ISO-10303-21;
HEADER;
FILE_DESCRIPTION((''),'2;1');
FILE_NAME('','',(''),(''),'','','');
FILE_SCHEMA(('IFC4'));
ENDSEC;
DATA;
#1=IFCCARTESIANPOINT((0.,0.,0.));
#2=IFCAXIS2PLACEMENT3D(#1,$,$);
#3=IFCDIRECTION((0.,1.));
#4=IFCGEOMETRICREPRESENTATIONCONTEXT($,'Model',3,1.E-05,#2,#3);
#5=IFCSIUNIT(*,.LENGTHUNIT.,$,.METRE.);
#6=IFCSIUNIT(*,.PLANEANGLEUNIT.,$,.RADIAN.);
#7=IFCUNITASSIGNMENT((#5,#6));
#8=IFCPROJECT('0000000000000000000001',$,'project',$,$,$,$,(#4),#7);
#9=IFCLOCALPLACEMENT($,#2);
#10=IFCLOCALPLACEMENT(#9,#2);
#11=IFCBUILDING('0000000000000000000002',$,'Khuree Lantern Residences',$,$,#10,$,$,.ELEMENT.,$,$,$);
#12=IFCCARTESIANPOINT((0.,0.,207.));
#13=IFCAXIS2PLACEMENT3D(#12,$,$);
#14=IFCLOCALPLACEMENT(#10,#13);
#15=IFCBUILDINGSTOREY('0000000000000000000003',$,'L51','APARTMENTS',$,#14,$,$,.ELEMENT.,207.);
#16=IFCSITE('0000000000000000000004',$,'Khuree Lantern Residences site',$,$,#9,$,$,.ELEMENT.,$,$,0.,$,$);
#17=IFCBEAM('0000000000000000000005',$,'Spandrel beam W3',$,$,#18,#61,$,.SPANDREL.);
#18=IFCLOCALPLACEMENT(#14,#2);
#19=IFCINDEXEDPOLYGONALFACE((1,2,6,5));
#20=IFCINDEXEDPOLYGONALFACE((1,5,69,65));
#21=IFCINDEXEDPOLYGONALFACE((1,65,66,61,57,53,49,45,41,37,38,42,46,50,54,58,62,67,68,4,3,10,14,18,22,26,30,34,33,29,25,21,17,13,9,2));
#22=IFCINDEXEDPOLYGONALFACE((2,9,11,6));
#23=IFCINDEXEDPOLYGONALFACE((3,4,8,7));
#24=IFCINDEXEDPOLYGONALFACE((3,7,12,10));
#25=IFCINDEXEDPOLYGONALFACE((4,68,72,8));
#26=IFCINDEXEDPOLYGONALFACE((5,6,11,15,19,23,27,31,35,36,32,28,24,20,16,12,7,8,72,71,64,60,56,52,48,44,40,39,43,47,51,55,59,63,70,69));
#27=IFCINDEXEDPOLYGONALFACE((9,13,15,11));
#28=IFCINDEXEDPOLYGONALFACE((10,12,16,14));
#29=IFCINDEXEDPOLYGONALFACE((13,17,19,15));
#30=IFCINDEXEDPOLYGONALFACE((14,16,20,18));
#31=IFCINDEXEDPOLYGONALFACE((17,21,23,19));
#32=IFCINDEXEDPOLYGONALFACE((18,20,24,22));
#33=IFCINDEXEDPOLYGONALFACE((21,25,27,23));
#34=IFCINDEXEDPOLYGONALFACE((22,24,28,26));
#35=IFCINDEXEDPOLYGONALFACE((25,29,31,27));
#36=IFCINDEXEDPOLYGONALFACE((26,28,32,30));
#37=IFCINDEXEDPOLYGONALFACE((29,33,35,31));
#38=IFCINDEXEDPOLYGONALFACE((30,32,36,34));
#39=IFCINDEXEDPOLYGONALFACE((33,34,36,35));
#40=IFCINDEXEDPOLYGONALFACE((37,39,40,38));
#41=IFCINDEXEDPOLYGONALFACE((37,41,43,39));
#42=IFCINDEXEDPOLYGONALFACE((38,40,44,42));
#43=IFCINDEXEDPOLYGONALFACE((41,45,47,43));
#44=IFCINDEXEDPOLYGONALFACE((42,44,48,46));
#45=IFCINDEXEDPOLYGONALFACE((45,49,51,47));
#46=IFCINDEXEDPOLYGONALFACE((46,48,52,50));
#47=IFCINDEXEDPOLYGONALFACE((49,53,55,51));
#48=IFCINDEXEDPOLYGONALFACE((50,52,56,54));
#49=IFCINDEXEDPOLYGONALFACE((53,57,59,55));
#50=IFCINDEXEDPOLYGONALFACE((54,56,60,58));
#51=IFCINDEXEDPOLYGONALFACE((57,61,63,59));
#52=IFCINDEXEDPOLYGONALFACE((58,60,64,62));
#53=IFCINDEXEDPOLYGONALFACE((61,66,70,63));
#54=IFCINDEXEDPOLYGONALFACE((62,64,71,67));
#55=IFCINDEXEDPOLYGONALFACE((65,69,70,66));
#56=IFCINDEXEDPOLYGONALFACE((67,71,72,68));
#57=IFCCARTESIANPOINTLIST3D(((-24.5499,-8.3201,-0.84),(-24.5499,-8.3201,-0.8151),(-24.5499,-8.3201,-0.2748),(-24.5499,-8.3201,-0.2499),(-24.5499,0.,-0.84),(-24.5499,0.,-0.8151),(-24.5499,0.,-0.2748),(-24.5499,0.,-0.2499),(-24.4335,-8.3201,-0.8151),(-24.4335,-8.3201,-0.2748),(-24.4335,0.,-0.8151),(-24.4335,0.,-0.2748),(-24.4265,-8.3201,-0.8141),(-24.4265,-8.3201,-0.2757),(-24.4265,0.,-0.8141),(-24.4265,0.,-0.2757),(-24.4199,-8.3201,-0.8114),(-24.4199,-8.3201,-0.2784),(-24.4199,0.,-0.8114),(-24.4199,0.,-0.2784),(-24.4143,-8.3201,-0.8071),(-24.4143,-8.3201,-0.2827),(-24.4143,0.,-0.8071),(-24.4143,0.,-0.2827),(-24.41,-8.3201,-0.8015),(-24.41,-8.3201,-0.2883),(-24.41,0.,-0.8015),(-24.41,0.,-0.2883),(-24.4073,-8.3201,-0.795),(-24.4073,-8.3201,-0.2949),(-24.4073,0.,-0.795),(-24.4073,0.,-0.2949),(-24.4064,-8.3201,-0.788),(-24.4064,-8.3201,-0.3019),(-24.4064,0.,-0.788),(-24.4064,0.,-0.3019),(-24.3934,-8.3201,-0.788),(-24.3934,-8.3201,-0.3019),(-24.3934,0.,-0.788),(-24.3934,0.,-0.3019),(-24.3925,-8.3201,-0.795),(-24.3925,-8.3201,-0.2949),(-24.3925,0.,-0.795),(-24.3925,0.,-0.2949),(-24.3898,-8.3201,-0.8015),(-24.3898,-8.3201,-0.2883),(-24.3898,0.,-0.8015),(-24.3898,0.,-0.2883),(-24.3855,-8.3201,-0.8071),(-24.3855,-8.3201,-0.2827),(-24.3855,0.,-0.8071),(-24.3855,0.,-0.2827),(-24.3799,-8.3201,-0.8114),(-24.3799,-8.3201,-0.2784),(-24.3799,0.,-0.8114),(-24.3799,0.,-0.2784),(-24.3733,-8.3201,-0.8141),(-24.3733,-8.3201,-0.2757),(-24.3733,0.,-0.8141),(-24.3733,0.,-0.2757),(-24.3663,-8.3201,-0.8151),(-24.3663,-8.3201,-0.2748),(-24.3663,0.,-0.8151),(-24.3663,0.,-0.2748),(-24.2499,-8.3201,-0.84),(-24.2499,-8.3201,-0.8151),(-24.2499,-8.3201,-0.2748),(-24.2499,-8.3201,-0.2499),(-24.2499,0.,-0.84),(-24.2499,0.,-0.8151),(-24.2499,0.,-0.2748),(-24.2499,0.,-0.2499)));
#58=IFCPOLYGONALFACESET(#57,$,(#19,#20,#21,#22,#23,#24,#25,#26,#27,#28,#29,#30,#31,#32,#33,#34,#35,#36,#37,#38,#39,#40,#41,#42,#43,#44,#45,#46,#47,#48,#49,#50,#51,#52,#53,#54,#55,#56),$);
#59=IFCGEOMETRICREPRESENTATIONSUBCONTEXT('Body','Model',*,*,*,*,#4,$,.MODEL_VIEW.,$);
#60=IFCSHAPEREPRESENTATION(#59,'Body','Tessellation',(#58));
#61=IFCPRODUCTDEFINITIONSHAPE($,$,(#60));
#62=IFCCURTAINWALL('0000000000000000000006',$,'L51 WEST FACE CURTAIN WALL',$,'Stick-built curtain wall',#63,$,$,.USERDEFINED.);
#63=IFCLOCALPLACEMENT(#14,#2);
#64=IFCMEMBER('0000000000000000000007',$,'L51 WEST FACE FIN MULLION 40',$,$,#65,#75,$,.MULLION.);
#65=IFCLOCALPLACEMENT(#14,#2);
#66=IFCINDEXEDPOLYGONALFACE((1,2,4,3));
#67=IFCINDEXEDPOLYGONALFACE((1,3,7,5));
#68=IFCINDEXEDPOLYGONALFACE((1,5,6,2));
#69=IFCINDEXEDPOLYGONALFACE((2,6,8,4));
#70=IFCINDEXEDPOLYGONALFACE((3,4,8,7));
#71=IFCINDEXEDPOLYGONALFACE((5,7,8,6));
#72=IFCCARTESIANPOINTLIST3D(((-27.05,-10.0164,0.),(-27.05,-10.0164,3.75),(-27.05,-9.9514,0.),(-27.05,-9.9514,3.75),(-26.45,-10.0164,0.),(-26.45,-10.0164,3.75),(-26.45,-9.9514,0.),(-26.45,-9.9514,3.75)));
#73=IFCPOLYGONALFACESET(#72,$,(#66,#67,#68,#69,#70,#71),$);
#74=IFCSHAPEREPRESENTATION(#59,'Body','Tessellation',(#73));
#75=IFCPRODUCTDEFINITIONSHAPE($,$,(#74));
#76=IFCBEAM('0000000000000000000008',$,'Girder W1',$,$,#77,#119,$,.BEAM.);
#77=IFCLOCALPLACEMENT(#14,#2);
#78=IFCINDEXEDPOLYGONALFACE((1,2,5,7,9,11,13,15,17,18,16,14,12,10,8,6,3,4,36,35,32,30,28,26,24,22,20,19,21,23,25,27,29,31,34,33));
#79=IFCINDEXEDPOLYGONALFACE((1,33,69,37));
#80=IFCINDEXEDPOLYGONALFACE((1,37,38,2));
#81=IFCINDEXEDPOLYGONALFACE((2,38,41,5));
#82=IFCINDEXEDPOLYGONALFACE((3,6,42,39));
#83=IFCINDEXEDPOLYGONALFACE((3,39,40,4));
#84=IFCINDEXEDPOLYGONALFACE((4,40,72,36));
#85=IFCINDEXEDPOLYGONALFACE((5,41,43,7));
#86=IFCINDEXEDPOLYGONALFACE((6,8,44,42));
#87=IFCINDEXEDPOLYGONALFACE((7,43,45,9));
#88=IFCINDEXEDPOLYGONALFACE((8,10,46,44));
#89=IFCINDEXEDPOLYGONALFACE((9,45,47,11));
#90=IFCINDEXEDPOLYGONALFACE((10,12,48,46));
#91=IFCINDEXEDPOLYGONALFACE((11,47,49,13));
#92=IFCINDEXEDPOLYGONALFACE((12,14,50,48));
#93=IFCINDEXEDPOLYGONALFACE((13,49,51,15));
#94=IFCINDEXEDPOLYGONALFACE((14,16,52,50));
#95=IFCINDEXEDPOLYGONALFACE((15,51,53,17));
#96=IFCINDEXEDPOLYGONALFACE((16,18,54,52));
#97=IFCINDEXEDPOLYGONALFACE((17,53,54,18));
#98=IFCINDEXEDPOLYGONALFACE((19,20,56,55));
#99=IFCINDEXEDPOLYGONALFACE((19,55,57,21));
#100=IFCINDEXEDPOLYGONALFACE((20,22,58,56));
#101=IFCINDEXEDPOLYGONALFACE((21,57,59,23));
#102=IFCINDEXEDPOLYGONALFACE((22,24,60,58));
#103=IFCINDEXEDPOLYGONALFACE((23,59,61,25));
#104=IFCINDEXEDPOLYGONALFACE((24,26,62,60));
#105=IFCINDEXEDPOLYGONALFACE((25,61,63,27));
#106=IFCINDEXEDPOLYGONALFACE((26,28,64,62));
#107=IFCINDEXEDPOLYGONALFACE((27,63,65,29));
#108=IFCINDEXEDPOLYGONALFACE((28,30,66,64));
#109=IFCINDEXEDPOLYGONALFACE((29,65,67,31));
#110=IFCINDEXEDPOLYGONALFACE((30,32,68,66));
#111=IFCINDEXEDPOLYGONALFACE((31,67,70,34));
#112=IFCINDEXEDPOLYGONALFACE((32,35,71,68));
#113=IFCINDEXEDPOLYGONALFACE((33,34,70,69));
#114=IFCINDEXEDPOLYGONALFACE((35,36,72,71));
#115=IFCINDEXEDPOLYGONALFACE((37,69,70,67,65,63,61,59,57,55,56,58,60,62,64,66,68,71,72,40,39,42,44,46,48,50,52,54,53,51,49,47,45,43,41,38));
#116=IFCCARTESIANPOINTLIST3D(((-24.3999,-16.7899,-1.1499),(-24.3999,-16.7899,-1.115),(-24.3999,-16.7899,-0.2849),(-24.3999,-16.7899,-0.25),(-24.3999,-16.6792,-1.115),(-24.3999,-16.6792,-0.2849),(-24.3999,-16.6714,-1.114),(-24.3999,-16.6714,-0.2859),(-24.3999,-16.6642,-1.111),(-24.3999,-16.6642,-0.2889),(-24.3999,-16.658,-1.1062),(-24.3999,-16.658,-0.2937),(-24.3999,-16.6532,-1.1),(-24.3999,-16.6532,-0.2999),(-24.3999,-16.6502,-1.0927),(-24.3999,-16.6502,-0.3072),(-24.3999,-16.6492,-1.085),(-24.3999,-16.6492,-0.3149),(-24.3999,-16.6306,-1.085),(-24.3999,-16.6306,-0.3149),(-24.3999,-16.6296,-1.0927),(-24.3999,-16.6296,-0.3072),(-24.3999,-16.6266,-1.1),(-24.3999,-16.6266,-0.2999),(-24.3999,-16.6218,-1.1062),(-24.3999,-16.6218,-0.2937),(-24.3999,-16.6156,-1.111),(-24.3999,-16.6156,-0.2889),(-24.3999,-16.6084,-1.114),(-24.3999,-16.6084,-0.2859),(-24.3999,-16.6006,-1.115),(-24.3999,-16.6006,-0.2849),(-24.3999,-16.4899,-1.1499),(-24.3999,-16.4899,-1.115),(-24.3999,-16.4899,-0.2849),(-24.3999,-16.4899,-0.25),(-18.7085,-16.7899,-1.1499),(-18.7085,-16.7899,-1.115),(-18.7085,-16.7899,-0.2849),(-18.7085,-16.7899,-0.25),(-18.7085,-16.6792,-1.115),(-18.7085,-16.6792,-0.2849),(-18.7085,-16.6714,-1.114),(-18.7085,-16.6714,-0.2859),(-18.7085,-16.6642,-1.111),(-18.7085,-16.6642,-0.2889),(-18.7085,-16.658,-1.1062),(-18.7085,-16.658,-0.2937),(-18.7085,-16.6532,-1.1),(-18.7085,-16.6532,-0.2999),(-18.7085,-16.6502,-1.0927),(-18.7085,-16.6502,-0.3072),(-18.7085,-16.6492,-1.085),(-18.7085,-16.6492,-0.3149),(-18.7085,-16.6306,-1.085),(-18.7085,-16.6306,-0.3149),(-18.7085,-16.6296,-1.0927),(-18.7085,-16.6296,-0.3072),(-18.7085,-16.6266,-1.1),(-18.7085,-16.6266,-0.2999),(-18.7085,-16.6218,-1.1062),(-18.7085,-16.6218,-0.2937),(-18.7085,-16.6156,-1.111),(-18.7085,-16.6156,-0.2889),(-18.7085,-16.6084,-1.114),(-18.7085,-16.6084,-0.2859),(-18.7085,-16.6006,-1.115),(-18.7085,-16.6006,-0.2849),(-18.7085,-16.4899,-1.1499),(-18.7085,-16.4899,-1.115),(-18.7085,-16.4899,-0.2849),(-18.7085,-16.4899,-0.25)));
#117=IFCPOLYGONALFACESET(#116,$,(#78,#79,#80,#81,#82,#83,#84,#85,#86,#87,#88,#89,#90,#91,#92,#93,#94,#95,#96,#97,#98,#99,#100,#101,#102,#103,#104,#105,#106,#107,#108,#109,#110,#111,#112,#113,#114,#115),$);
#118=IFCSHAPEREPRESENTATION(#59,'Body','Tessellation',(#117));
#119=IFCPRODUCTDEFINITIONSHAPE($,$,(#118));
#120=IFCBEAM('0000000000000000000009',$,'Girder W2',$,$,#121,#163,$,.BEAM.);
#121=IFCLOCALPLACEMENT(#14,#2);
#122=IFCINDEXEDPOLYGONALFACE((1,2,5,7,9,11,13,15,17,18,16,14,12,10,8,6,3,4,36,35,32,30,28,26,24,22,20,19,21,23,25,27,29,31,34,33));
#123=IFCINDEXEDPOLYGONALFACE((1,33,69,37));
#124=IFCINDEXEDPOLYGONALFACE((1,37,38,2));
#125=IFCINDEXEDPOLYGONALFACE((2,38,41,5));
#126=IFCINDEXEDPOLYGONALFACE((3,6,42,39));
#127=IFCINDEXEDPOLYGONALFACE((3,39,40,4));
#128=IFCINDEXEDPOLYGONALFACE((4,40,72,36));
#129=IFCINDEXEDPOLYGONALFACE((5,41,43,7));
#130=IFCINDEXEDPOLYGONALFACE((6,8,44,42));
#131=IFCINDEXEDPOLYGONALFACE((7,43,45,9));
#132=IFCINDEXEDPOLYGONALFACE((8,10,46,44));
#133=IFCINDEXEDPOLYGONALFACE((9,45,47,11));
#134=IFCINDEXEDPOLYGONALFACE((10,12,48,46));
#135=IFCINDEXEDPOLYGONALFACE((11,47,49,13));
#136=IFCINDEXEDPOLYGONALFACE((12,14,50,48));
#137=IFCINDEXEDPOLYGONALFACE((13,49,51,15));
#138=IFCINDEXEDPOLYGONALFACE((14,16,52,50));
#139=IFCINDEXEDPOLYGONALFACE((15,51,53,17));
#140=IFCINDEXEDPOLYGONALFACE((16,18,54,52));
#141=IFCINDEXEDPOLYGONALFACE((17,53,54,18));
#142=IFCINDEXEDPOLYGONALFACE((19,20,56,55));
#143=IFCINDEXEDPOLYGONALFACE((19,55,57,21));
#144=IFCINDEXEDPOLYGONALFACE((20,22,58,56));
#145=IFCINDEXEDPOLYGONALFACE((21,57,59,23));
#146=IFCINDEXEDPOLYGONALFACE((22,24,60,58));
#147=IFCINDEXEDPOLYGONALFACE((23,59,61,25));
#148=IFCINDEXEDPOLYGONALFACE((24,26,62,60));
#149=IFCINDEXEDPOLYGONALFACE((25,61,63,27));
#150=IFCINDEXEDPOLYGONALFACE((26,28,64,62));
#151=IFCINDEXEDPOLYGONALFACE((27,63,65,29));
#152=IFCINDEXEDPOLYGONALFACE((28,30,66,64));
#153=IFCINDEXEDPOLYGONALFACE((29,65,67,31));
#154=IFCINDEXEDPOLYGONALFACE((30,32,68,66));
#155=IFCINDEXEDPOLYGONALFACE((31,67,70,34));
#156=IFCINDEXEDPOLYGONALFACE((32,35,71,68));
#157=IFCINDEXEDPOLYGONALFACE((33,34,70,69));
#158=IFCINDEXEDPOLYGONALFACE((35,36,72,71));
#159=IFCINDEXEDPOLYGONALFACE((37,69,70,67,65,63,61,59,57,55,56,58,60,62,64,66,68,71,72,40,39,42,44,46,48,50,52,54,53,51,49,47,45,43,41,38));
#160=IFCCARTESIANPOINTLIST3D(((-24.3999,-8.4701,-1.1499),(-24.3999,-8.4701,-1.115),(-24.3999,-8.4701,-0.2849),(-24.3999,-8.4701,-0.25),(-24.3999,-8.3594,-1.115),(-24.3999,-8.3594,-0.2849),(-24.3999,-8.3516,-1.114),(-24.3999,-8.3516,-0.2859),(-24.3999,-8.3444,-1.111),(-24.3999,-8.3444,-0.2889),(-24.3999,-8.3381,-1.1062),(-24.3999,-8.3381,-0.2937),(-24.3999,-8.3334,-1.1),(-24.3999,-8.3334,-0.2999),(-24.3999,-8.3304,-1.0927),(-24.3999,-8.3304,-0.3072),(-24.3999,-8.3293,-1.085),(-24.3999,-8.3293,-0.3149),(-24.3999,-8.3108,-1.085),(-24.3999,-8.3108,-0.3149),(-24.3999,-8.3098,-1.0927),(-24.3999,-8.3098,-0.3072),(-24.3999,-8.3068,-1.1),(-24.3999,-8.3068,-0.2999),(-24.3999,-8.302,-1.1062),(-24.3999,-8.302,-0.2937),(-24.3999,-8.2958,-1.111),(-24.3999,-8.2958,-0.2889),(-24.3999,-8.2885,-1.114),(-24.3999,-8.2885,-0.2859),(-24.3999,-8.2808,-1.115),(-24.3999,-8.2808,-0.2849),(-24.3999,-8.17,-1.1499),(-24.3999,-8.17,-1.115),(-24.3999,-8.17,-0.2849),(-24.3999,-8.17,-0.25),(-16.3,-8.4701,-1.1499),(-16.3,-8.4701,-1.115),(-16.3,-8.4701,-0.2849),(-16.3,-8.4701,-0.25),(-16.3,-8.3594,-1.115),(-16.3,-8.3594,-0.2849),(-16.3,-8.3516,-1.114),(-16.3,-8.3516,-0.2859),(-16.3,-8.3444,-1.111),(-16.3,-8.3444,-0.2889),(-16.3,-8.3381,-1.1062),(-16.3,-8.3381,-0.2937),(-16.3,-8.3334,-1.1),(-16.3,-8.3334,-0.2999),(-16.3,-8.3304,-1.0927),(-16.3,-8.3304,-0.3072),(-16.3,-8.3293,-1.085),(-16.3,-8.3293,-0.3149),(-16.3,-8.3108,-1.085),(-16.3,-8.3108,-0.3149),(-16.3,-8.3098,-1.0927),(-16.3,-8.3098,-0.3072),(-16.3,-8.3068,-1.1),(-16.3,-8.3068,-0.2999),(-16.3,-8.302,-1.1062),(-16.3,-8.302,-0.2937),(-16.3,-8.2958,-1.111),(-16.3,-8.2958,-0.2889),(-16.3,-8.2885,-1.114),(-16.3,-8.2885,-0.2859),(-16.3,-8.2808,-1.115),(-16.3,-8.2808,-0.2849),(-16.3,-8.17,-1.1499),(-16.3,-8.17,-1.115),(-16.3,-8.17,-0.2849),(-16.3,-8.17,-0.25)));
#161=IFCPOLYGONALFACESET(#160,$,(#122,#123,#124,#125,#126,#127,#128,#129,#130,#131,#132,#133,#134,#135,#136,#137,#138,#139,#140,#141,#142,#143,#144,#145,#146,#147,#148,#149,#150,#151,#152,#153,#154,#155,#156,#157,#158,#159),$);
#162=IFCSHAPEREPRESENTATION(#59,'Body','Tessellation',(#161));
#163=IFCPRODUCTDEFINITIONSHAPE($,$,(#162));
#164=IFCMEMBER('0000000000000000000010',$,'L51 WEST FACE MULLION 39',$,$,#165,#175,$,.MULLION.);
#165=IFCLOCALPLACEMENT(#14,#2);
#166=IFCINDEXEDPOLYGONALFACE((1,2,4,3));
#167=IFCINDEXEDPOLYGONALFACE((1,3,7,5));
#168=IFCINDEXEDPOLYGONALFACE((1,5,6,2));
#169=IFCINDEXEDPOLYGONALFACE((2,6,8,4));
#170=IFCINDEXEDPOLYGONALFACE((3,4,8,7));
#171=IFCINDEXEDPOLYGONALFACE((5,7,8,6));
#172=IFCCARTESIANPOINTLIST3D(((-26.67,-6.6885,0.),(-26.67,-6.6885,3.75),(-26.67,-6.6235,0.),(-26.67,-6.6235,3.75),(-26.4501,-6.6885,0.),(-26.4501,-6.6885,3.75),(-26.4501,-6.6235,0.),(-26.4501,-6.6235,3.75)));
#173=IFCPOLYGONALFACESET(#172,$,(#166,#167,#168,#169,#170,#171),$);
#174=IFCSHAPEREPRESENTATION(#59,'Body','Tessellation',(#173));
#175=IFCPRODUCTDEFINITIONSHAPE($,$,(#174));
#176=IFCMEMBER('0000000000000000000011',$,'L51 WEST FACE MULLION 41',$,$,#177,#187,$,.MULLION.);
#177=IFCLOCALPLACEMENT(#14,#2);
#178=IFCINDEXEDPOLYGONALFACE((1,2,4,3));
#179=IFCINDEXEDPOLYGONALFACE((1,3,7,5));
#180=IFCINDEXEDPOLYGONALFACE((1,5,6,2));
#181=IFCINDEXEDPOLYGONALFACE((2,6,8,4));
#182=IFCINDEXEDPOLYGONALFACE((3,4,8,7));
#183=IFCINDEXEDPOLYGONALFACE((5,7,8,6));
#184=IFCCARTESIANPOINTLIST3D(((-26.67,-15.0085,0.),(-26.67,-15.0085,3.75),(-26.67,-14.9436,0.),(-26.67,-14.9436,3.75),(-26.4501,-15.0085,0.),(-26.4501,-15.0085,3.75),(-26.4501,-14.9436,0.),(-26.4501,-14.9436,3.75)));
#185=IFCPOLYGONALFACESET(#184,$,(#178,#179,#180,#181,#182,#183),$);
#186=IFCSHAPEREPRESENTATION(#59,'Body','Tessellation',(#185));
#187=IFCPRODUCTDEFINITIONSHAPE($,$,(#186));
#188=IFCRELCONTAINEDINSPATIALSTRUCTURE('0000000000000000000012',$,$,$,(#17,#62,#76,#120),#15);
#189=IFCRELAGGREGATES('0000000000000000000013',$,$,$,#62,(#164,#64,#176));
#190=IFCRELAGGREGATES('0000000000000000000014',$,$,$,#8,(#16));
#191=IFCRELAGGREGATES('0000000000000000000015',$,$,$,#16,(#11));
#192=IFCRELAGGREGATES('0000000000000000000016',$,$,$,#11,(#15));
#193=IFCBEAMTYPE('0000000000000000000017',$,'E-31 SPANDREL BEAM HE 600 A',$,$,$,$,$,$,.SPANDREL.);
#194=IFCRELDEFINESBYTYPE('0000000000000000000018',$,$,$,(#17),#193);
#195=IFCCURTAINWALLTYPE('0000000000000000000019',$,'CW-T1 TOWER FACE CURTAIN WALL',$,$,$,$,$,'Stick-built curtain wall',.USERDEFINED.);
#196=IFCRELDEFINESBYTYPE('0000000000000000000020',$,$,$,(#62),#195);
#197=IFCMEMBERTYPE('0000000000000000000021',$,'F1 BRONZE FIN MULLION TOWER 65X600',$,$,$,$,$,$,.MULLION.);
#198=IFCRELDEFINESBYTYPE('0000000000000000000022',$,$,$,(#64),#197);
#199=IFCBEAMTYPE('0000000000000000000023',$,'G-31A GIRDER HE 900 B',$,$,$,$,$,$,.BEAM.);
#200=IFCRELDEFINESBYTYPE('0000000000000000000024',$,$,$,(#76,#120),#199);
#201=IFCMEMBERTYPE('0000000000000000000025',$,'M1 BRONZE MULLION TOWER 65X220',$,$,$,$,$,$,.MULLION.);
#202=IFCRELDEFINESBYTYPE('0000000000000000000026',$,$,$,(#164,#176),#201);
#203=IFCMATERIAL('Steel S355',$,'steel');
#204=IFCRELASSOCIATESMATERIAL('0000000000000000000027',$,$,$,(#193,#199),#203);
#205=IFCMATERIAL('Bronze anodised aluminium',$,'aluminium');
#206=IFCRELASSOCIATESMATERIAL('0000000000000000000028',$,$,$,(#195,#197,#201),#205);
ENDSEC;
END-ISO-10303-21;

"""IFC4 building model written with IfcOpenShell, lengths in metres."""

from ifc_helpers import new_model, si_unit, direction, frame, origin, origin_2d, place, context, subcontext, project, spatial, rectangle, i_section, extrude, material, material_profile, profile_set, type_object, element, aggregate, save


model = new_model("IFC4")

# Units and contexts
model_context = context("Model", 3, precision=1e-05, world=origin(), true_north=direction((0.0, 1.0)))
body_context = subcontext(model_context, "Body", "Model", "MODEL_VIEW")
ifc_project = project(units=[si_unit("LENGTHUNIT", "METRE"), si_unit("PLANEANGLEUNIT", "RADIAN")], contexts=[model_context])

# Site, building, storey
site_placement = place(None, origin())
site = spatial("IfcSite", under=ifc_project, at=site_placement, Name="Khuree Lantern Residences site", CompositionType="ELEMENT", RefElevation=0.0)
building_placement = place(site_placement, origin())
building = spatial("IfcBuilding", under=site, at=building_placement, Name="Khuree Lantern Residences", CompositionType="ELEMENT")
storey_placement = place(building_placement, frame((0.0, 0.0, 207.0)))
storey = spatial("IfcBuildingStorey", under=building, at=storey_placement, Name="L51", Description="APARTMENTS", CompositionType="ELEMENT", Elevation=207.0)

# Beam
ifc_material_1 = material(Name="Steel S355", Category="steel")
ifc_material_profile_1 = material_profile(ifc_material_1, i_section(OverallWidth=0.3, OverallDepth=0.5901, WebThickness=0.0129, FlangeThickness=0.0249, FilletRadius=0.0271, at=origin_2d()), Name="HE 600 A")
ifc_profile_set_1 = profile_set([ifc_material_profile_1], Name="Steel S355")
beam_type_1 = type_object("IfcBeamType", Name="E-31 SPANDREL BEAM HE 600 A", PredefinedType="SPANDREL", material=ifc_profile_set_1)
beam_1_placement = place(storey_placement, frame((-24.3999, -8.3201, -0.5449), z_axis=(0.0, 1.0, 0.0), x_axis=(-1.0, 0.0, 0.0)))
element("IfcBeam", 1, at=beam_1_placement, inside=storey, type_object=beam_type_1, Name="Spandrel beam W3", PredefinedType="SPANDREL", context=body_context, shape_type="SweptSolid", body=[
    extrude(i_section(OverallWidth=0.3, OverallDepth=0.5901, WebThickness=0.0129, FlangeThickness=0.0249, FilletRadius=0.0271, at=origin_2d()), origin(), (0.0, 0.0, 1.0), 8.3201),
])

# Curtain wall, member
ifc_material_2 = material(Name="Bronze anodised aluminium", Category="aluminium")
curtain_wall_type = type_object("IfcCurtainWallType", Name="CW-T1 TOWER FACE CURTAIN WALL", ElementType="Stick-built curtain wall", PredefinedType="USERDEFINED", material=ifc_material_2)
curtain_wall_placement = place(storey_placement, origin())
curtain_wall = element("IfcCurtainWall", 2, at=curtain_wall_placement, inside=storey, type_object=curtain_wall_type, Name="L51 WEST FACE CURTAIN WALL", ObjectType="Stick-built curtain wall", PredefinedType="USERDEFINED")
ifc_material_profile_2 = material_profile(ifc_material_2, rectangle(XDim=0.0649, YDim=0.6001, at=origin_2d()), Name="F1 65X600")
ifc_profile_set_2 = profile_set([ifc_material_profile_2], Name="Bronze anodised aluminium")
member_type_1 = type_object("IfcMemberType", Name="F1 BRONZE FIN MULLION TOWER 65X600", PredefinedType="MULLION", material=ifc_profile_set_2)
member_1_placement = place(storey_placement, frame((-26.75, -9.9839, 0.0), z_axis=(0.0, 0.0, 1.0), x_axis=(0.0, -1.0, 0.0)))
member_1 = element("IfcMember", 3, at=member_1_placement, type_object=member_type_1, Name="L51 WEST FACE FIN MULLION 40", PredefinedType="MULLION", context=body_context, shape_type="SweptSolid", body=[
    extrude(rectangle(XDim=0.0649, YDim=0.6001, at=origin_2d()), origin(), (0.0, 0.0, 1.0), 3.75),
])

# Beams
ifc_material_profile_3 = material_profile(ifc_material_1, i_section(OverallWidth=0.3, OverallDepth=0.8999, WebThickness=0.0186, FlangeThickness=0.0349, FilletRadius=0.03, at=origin_2d()), Name="HE 900 B")
ifc_profile_set_3 = profile_set([ifc_material_profile_3], Name="Steel S355")
beam_type_2 = type_object("IfcBeamType", Name="G-31A GIRDER HE 900 B", PredefinedType="BEAM", material=ifc_profile_set_3)
beam_2_placement = place(storey_placement, frame((-24.3999, -16.6399, -0.7), z_axis=(1.0, 0.0, 0.0), x_axis=(0.0, 1.0, 0.0)))
element("IfcBeam", 4, at=beam_2_placement, inside=storey, type_object=beam_type_2, Name="Girder W1", PredefinedType="BEAM", context=body_context, shape_type="SweptSolid", body=[
    extrude(i_section(OverallWidth=0.3, OverallDepth=0.8999, WebThickness=0.0186, FlangeThickness=0.0349, FilletRadius=0.03, at=origin_2d()), origin(), (0.0, 0.0, 1.0), 5.6914),
])
beam_3_placement = place(storey_placement, frame((-24.3999, -8.3201, -0.7), z_axis=(1.0, 0.0, 0.0), x_axis=(0.0, 1.0, 0.0)))
element("IfcBeam", 5, at=beam_3_placement, inside=storey, type_object=beam_type_2, Name="Girder W2", PredefinedType="BEAM", context=body_context, shape_type="SweptSolid", body=[
    extrude(i_section(OverallWidth=0.3, OverallDepth=0.8999, WebThickness=0.0186, FlangeThickness=0.0349, FilletRadius=0.03, at=origin_2d()), origin(), (0.0, 0.0, 1.0), 8.0999),
])

# Members
ifc_material_profile_4 = material_profile(ifc_material_2, rectangle(XDim=0.0649, YDim=0.22, at=origin_2d()), Name="M1 65X220")
ifc_profile_set_4 = profile_set([ifc_material_profile_4], Name="Bronze anodised aluminium")
member_type_2 = type_object("IfcMemberType", Name="M1 BRONZE MULLION TOWER 65X220", PredefinedType="MULLION", material=ifc_profile_set_4)
member_2_placement = place(storey_placement, frame((-26.5601, -6.656, 0.0), z_axis=(0.0, 0.0, 1.0), x_axis=(0.0, -1.0, 0.0)))
member_2 = element("IfcMember", 6, at=member_2_placement, type_object=member_type_2, Name="L51 WEST FACE MULLION 39", PredefinedType="MULLION", context=body_context, shape_type="SweptSolid", body=[
    extrude(rectangle(XDim=0.0649, YDim=0.22, at=origin_2d()), origin(), (0.0, 0.0, 1.0), 3.75),
])
member_3_placement = place(storey_placement, frame((-26.5601, -14.9761, 0.0), z_axis=(0.0, 0.0, 1.0), x_axis=(0.0, -1.0, 0.0)))
member_3 = element("IfcMember", 7, at=member_3_placement, type_object=member_type_2, Name="L51 WEST FACE MULLION 41", PredefinedType="MULLION", context=body_context, shape_type="SweptSolid", body=[
    extrude(rectangle(XDim=0.0649, YDim=0.22, at=origin_2d()), origin(), (0.0, 0.0, 1.0), 3.75),
])

aggregate(curtain_wall, [member_2, member_1, member_3])

save(model, "model.ifc")
